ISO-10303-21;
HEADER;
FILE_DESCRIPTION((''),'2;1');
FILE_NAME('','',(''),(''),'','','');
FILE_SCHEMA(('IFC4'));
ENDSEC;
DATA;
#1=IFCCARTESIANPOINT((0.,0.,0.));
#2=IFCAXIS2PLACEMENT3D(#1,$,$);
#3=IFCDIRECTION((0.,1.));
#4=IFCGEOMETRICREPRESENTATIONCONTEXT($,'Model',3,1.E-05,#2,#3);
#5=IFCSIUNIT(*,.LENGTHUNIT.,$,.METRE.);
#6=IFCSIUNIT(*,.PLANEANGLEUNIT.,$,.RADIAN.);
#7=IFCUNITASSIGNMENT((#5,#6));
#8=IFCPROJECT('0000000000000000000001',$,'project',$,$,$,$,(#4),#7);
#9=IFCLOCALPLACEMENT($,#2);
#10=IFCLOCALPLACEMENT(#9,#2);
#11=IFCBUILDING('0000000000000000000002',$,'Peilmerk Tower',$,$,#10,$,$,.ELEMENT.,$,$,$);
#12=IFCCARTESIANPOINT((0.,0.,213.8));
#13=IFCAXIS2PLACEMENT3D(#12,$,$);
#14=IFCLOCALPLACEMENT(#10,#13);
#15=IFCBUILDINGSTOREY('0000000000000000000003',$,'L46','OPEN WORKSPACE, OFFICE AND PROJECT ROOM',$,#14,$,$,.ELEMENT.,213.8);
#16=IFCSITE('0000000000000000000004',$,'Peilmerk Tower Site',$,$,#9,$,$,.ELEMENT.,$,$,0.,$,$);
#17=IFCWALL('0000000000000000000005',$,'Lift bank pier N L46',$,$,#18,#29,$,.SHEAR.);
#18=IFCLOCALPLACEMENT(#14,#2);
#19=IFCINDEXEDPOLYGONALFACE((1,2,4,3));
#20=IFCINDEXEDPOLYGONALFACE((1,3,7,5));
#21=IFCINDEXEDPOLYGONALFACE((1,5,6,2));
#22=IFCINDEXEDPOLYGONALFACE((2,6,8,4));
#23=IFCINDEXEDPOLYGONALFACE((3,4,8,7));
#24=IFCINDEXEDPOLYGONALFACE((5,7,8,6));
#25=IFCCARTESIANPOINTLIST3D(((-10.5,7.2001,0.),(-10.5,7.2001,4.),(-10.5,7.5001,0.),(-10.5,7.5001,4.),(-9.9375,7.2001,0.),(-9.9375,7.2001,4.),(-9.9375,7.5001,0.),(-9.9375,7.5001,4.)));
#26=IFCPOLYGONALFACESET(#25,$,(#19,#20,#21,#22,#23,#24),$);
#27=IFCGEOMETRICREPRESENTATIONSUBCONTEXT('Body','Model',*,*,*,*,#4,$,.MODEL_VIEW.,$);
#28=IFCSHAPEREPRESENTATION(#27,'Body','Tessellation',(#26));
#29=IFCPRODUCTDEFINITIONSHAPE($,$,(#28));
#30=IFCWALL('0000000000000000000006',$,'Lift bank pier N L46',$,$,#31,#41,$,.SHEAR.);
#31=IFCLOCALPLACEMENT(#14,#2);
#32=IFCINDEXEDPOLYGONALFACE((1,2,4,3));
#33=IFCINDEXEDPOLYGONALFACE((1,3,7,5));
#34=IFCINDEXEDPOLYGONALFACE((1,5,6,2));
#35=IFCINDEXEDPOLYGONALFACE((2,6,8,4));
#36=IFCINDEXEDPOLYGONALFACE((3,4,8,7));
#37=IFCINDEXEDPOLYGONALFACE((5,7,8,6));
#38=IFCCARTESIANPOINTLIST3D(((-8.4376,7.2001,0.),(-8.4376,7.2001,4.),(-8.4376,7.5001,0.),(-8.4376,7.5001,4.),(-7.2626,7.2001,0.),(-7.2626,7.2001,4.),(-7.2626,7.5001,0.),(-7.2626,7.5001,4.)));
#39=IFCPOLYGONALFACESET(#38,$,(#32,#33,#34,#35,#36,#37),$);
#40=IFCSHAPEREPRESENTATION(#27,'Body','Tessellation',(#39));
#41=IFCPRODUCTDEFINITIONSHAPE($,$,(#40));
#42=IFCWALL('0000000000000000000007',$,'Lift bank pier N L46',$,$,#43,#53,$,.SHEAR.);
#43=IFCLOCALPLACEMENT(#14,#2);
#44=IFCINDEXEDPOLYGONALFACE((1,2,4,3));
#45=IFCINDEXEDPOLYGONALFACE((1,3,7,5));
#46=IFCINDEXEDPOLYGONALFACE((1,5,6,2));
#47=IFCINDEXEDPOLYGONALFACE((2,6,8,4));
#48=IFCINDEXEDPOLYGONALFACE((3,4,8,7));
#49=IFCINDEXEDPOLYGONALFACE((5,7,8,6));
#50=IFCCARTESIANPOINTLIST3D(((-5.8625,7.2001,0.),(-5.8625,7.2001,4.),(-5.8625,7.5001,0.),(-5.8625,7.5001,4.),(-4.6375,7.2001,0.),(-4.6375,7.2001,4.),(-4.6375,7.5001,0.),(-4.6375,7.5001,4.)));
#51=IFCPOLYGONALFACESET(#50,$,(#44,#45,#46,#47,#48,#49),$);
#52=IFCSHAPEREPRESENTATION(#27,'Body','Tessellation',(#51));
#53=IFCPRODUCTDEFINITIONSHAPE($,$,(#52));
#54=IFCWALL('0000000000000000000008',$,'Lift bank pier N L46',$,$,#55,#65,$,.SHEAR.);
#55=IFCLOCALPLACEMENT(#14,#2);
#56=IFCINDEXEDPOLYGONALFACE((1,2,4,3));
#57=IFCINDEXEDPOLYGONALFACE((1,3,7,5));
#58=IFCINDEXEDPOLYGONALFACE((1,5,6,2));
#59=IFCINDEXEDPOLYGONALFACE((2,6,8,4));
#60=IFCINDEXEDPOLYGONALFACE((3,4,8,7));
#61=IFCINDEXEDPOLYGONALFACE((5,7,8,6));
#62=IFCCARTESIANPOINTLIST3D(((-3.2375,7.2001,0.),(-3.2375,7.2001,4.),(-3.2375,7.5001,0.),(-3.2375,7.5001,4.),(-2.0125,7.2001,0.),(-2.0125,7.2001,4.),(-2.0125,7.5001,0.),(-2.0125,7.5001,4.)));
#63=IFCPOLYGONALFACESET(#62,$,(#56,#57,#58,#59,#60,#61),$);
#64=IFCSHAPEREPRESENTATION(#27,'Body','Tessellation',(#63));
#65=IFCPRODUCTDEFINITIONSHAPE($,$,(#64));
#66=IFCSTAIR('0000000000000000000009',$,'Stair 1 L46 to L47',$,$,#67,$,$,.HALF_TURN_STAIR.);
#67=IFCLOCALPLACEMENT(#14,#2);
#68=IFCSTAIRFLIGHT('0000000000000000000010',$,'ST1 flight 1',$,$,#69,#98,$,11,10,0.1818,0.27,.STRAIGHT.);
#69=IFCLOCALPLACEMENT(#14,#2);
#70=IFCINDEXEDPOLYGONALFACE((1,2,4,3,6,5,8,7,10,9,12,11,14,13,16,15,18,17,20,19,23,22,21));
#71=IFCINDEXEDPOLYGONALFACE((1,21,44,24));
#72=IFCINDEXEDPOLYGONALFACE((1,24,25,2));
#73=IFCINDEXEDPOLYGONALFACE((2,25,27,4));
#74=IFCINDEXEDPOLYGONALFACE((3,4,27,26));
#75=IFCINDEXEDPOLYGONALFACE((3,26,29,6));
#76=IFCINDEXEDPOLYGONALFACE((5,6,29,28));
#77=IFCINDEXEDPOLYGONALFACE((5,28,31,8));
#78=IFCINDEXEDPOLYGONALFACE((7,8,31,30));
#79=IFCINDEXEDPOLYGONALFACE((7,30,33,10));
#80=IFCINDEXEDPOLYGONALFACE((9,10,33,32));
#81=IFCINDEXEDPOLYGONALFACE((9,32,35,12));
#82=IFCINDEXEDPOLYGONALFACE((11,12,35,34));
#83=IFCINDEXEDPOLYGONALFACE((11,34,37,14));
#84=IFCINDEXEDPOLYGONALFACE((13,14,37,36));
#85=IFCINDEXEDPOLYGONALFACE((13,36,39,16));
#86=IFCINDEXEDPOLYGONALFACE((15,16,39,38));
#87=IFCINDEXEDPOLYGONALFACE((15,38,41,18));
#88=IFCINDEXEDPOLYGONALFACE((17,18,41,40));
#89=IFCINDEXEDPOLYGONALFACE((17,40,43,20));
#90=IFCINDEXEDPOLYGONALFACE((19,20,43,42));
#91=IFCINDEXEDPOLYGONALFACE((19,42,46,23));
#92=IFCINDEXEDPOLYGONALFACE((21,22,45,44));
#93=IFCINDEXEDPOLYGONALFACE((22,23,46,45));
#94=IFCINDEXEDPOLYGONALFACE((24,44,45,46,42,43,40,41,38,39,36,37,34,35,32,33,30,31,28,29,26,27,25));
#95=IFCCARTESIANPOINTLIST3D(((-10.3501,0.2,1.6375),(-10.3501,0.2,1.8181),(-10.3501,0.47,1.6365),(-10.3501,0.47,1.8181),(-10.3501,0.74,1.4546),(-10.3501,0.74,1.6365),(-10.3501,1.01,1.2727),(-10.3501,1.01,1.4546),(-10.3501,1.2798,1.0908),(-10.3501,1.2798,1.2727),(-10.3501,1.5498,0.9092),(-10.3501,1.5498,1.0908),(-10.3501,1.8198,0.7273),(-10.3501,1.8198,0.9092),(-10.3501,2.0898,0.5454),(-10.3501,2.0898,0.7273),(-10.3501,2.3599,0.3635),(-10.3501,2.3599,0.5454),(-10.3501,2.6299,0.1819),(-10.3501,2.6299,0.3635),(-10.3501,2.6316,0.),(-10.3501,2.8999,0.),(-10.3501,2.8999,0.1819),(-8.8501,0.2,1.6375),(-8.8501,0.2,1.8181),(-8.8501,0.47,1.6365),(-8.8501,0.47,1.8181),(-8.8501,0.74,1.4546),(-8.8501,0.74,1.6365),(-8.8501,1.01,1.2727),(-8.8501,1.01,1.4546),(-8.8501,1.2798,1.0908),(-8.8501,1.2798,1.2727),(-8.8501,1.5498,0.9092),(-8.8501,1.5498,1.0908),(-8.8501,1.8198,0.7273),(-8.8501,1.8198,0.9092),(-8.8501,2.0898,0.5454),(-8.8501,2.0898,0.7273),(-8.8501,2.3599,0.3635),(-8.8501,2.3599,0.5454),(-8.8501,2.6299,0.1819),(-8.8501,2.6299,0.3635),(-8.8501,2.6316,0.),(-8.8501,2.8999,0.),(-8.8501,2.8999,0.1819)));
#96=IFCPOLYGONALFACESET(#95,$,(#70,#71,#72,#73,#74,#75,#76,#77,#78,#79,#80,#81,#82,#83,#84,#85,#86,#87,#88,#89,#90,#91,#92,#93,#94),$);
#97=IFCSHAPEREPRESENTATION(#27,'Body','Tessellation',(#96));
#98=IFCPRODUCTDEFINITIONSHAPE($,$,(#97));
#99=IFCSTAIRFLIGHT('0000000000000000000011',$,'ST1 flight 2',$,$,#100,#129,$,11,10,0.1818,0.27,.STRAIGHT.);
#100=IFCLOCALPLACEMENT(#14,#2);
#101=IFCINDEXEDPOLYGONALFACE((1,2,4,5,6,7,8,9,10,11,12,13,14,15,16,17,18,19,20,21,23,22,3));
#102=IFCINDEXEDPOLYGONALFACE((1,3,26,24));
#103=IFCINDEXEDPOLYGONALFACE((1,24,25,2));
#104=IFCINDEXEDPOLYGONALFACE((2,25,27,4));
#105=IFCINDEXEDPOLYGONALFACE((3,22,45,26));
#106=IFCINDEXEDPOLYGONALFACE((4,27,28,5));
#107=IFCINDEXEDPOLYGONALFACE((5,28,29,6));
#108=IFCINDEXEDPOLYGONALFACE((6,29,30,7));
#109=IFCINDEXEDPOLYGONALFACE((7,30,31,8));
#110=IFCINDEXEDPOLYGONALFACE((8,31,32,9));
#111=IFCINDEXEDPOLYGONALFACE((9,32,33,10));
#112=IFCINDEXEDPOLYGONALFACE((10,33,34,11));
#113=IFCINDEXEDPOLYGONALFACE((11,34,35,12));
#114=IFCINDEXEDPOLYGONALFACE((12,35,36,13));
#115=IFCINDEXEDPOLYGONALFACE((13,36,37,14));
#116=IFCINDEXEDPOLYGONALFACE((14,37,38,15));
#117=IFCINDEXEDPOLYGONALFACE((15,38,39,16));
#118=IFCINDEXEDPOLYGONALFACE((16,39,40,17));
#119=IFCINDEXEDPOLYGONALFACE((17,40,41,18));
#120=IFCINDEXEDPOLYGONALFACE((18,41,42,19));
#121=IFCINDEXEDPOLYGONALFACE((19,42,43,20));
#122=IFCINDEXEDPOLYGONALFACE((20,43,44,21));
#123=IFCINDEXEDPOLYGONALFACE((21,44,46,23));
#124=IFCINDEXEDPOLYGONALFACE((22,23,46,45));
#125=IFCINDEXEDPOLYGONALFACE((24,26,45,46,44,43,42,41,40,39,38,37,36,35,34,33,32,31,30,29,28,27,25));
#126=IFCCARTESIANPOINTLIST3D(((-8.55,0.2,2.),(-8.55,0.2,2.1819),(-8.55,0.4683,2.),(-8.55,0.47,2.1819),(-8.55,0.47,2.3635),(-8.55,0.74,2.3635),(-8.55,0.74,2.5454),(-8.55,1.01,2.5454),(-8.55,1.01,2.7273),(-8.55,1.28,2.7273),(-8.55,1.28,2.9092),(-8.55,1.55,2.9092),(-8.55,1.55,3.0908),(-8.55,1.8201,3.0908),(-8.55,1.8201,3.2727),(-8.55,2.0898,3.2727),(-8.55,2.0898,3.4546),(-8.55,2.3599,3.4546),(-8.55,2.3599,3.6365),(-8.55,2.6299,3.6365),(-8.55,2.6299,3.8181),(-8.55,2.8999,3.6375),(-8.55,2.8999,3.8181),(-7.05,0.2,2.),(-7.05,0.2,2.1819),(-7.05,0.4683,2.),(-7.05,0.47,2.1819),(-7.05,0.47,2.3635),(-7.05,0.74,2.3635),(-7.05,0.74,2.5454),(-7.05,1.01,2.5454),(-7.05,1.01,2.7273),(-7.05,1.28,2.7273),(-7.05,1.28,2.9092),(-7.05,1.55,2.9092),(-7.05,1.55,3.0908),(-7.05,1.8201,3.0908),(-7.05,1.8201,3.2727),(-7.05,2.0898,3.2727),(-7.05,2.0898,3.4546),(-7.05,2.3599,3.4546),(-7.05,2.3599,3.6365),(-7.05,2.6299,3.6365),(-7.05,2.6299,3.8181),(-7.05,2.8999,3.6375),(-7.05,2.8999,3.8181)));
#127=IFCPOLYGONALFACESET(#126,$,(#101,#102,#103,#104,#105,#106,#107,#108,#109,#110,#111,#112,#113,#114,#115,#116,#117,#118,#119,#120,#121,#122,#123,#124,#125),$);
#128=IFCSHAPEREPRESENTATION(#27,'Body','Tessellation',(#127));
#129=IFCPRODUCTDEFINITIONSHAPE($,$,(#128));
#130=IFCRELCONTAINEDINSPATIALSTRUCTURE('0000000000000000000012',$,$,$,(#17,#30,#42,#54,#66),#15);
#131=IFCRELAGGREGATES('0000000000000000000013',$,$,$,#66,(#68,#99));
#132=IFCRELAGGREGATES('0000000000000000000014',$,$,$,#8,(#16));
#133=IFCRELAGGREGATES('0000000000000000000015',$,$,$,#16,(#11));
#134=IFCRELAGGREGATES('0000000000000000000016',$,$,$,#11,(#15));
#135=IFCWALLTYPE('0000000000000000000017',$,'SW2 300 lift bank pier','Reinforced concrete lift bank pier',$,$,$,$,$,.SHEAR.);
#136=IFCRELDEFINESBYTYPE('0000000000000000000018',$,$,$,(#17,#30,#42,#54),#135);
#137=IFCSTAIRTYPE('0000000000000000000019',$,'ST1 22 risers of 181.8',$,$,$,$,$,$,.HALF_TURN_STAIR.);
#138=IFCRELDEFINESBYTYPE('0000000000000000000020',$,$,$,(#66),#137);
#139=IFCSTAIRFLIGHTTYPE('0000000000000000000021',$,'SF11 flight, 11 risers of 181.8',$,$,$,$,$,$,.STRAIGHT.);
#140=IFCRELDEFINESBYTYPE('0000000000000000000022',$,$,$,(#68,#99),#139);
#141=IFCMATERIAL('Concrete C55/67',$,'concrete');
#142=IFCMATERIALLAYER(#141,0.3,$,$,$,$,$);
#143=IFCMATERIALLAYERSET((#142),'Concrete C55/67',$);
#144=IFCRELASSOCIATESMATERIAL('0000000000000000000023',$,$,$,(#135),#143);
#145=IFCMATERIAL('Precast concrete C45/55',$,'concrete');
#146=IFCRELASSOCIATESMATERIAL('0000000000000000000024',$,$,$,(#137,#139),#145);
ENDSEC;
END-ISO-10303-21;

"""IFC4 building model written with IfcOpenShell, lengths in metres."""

from ifc_helpers import new_model, si_unit, direction, frame, frame_2d, origin, place, context, subcontext, project, spatial, polyline, rectangle, outline, extrude, material, layer, layer_set, type_object, element, aggregate, save


model = new_model("IFC4")

# Units and contexts
model_context = context("Model", 3, precision=1e-05, world=origin(), true_north=direction((0.0, 1.0)))
body_context = subcontext(model_context, "Body", "Model", "MODEL_VIEW")
ifc_project = project(units=[si_unit("LENGTHUNIT", "METRE"), si_unit("PLANEANGLEUNIT", "RADIAN")], contexts=[model_context])

# Site, building, storey
site_placement = place(None, origin())
site = spatial("IfcSite", under=ifc_project, at=site_placement, Name="Peilmerk Tower Site", CompositionType="ELEMENT", RefElevation=0.0)
building_placement = place(site_placement, origin())
building = spatial("IfcBuilding", under=site, at=building_placement, Name="Peilmerk Tower", CompositionType="ELEMENT")
storey_placement = place(building_placement, frame((0.0, 0.0, 213.8)))
storey = spatial("IfcBuildingStorey", under=building, at=storey_placement, Name="L46", Description="OPEN WORKSPACE, OFFICE AND PROJECT ROOM", CompositionType="ELEMENT", Elevation=213.8)

# Shared definitions
ifc_material_1 = material(Name="Concrete C55/67", Category="concrete")

# Walls
ifc_layer_1 = layer(ifc_material_1, 0.3)
ifc_layer_set_1 = layer_set([ifc_layer_1], Name="Concrete C55/67")
wall_type_1 = type_object("IfcWallType", Name="SW2 300 lift bank pier", Description="Reinforced concrete lift bank pier", PredefinedType="SHEAR", material=ifc_layer_set_1)
wall_1_placement = place(storey_placement, frame((-10.5, 7.3501, 0.0), z_axis=(0.0, 0.0, 1.0), x_axis=(1.0, 0.0, 0.0)))
element("IfcWall", 1, at=wall_1_placement, inside=storey, type_object=wall_type_1, Name="Lift bank pier N L46", PredefinedType="SHEAR", context=body_context, shape_type="SweptSolid", body=[
    extrude(rectangle(XDim=0.5625, YDim=0.3, at=frame_2d((0.2812, 0.0))), origin(), (0.0, 0.0, 1.0), 4.0),
])
wall_2_placement = place(storey_placement, frame((-8.4375, 7.3501, 0.0), z_axis=(0.0, 0.0, 1.0), x_axis=(1.0, 0.0, 0.0)))
element("IfcWall", 2, at=wall_2_placement, inside=storey, type_object=wall_type_1, Name="Lift bank pier N L46", PredefinedType="SHEAR", context=body_context, shape_type="SweptSolid", body=[
    extrude(rectangle(XDim=1.175, YDim=0.3, at=frame_2d((0.5874, 0.0))), origin(), (0.0, 0.0, 1.0), 4.0),
])
for number, where, z_axis, x_axis, name in (
    (3, (-5.8625, 7.3501, 0.0), (0.0, 0.0, 1.0), (1.0, 0.0, 0.0), "Lift bank pier N L46"),
    (4, (-3.2375, 7.3501, 0.0), (0.0, 0.0, 1.0), (1.0, 0.0, 0.0), "Lift bank pier N L46"),
):
    element("IfcWall", number, at=place(storey_placement, frame(where, z_axis=z_axis, x_axis=x_axis)), inside=storey, type_object=wall_type_1, Name=name, PredefinedType="SHEAR", context=body_context, shape_type="SweptSolid", body=[
        extrude(rectangle(XDim=1.2251, YDim=0.3, at=frame_2d((0.6125, 0.0))), origin(), (0.0, 0.0, 1.0), 4.0),
    ])

# Stair, stair flights
ifc_material_2 = material(Name="Precast concrete C45/55", Category="concrete")
stair_type = type_object("IfcStairType", Name="ST1 22 risers of 181.8", PredefinedType="HALF_TURN_STAIR", material=ifc_material_2)
stair_placement = place(storey_placement, origin())
stair = element("IfcStair", 5, at=stair_placement, inside=storey, type_object=stair_type, Name="Stair 1 L46 to L47", PredefinedType="HALF_TURN_STAIR")
stair_flight_type = type_object("IfcStairFlightType", Name="SF11 flight, 11 risers of 181.8", PredefinedType="STRAIGHT", material=ifc_material_2)
stair_flight_1_placement = place(storey_placement, frame((-9.6001, 2.8999, 0.0), z_axis=(0.0, 0.0, 1.0), x_axis=(0.0, -1.0, 0.0)))
stair_flight_1 = element("IfcStairFlight", 6, at=stair_flight_1_placement, type_object=stair_flight_type, Name="ST1 flight 1", NumberOfRisers=11, NumberOfTreads=10, PredefinedType="STRAIGHT", RiserHeight=0.1818, TreadLength=0.27, context=body_context, shape_type="SweptSolid", body=[
    extrude(outline(polyline([(0.0, 0.0), (0.0, 0.1819), (0.27, 0.1819), (0.27, 0.3635), (0.54, 0.3635), (0.54, 0.5454), (0.8101, 0.5454), (0.8101, 0.7273), (1.0801, 0.7273), (1.0801, 0.9092), (1.3501, 0.9092), (1.3501, 1.0908), (1.6201, 1.0908), (1.6201, 1.2727), (1.8899, 1.2727), (1.8899, 1.4546), (2.1599, 1.4546), (2.1599, 1.6365), (2.4299, 1.6365), (2.4299, 1.8181), (2.7, 1.8181), (2.7, 2.0), (2.7, 1.6375), (0.2683, 0.0), (0.0, 0.0)])), frame((0.0, 0.75, 0.0), z_axis=(0.0, -1.0, 0.0), x_axis=(1.0, 0.0, 0.0)), (0.0, 0.0, 1.0), 1.5),
])
stair_flight_2_placement = place(storey_placement, frame((-7.8, 0.2, 2.0), z_axis=(0.0, 0.0, 1.0), x_axis=(0.0, 1.0, 0.0)))
stair_flight_2 = element("IfcStairFlight", 7, at=stair_flight_2_placement, type_object=stair_flight_type, Name="ST1 flight 2", NumberOfRisers=11, NumberOfTreads=10, PredefinedType="STRAIGHT", RiserHeight=0.1818, TreadLength=0.27, context=body_context, shape_type="SweptSolid", body=[
    extrude(outline(polyline([(0.0, 0.0), (0.0, 0.1819), (0.27, 0.1819), (0.27, 0.3635), (0.54, 0.3635), (0.54, 0.5454), (0.8101, 0.5454), (0.8101, 0.7273), (1.0801, 0.7273), (1.0801, 0.9092), (1.3501, 0.9092), (1.3501, 1.0908), (1.6201, 1.0908), (1.6201, 1.2727), (1.8899, 1.2727), (1.8899, 1.4546), (2.1599, 1.4546), (2.1599, 1.6365), (2.4299, 1.6365), (2.4299, 1.8181), (2.7, 1.8181), (2.7, 2.0), (2.7, 1.6375), (0.2683, 0.0), (0.0, 0.0)])), frame((0.0, 0.75, 0.0), z_axis=(0.0, -1.0, 0.0), x_axis=(1.0, 0.0, 0.0)), (0.0, 0.0, 1.0), 1.5),
])
aggregate(stair, [stair_flight_1, stair_flight_2])

save(model, "model.ifc")
